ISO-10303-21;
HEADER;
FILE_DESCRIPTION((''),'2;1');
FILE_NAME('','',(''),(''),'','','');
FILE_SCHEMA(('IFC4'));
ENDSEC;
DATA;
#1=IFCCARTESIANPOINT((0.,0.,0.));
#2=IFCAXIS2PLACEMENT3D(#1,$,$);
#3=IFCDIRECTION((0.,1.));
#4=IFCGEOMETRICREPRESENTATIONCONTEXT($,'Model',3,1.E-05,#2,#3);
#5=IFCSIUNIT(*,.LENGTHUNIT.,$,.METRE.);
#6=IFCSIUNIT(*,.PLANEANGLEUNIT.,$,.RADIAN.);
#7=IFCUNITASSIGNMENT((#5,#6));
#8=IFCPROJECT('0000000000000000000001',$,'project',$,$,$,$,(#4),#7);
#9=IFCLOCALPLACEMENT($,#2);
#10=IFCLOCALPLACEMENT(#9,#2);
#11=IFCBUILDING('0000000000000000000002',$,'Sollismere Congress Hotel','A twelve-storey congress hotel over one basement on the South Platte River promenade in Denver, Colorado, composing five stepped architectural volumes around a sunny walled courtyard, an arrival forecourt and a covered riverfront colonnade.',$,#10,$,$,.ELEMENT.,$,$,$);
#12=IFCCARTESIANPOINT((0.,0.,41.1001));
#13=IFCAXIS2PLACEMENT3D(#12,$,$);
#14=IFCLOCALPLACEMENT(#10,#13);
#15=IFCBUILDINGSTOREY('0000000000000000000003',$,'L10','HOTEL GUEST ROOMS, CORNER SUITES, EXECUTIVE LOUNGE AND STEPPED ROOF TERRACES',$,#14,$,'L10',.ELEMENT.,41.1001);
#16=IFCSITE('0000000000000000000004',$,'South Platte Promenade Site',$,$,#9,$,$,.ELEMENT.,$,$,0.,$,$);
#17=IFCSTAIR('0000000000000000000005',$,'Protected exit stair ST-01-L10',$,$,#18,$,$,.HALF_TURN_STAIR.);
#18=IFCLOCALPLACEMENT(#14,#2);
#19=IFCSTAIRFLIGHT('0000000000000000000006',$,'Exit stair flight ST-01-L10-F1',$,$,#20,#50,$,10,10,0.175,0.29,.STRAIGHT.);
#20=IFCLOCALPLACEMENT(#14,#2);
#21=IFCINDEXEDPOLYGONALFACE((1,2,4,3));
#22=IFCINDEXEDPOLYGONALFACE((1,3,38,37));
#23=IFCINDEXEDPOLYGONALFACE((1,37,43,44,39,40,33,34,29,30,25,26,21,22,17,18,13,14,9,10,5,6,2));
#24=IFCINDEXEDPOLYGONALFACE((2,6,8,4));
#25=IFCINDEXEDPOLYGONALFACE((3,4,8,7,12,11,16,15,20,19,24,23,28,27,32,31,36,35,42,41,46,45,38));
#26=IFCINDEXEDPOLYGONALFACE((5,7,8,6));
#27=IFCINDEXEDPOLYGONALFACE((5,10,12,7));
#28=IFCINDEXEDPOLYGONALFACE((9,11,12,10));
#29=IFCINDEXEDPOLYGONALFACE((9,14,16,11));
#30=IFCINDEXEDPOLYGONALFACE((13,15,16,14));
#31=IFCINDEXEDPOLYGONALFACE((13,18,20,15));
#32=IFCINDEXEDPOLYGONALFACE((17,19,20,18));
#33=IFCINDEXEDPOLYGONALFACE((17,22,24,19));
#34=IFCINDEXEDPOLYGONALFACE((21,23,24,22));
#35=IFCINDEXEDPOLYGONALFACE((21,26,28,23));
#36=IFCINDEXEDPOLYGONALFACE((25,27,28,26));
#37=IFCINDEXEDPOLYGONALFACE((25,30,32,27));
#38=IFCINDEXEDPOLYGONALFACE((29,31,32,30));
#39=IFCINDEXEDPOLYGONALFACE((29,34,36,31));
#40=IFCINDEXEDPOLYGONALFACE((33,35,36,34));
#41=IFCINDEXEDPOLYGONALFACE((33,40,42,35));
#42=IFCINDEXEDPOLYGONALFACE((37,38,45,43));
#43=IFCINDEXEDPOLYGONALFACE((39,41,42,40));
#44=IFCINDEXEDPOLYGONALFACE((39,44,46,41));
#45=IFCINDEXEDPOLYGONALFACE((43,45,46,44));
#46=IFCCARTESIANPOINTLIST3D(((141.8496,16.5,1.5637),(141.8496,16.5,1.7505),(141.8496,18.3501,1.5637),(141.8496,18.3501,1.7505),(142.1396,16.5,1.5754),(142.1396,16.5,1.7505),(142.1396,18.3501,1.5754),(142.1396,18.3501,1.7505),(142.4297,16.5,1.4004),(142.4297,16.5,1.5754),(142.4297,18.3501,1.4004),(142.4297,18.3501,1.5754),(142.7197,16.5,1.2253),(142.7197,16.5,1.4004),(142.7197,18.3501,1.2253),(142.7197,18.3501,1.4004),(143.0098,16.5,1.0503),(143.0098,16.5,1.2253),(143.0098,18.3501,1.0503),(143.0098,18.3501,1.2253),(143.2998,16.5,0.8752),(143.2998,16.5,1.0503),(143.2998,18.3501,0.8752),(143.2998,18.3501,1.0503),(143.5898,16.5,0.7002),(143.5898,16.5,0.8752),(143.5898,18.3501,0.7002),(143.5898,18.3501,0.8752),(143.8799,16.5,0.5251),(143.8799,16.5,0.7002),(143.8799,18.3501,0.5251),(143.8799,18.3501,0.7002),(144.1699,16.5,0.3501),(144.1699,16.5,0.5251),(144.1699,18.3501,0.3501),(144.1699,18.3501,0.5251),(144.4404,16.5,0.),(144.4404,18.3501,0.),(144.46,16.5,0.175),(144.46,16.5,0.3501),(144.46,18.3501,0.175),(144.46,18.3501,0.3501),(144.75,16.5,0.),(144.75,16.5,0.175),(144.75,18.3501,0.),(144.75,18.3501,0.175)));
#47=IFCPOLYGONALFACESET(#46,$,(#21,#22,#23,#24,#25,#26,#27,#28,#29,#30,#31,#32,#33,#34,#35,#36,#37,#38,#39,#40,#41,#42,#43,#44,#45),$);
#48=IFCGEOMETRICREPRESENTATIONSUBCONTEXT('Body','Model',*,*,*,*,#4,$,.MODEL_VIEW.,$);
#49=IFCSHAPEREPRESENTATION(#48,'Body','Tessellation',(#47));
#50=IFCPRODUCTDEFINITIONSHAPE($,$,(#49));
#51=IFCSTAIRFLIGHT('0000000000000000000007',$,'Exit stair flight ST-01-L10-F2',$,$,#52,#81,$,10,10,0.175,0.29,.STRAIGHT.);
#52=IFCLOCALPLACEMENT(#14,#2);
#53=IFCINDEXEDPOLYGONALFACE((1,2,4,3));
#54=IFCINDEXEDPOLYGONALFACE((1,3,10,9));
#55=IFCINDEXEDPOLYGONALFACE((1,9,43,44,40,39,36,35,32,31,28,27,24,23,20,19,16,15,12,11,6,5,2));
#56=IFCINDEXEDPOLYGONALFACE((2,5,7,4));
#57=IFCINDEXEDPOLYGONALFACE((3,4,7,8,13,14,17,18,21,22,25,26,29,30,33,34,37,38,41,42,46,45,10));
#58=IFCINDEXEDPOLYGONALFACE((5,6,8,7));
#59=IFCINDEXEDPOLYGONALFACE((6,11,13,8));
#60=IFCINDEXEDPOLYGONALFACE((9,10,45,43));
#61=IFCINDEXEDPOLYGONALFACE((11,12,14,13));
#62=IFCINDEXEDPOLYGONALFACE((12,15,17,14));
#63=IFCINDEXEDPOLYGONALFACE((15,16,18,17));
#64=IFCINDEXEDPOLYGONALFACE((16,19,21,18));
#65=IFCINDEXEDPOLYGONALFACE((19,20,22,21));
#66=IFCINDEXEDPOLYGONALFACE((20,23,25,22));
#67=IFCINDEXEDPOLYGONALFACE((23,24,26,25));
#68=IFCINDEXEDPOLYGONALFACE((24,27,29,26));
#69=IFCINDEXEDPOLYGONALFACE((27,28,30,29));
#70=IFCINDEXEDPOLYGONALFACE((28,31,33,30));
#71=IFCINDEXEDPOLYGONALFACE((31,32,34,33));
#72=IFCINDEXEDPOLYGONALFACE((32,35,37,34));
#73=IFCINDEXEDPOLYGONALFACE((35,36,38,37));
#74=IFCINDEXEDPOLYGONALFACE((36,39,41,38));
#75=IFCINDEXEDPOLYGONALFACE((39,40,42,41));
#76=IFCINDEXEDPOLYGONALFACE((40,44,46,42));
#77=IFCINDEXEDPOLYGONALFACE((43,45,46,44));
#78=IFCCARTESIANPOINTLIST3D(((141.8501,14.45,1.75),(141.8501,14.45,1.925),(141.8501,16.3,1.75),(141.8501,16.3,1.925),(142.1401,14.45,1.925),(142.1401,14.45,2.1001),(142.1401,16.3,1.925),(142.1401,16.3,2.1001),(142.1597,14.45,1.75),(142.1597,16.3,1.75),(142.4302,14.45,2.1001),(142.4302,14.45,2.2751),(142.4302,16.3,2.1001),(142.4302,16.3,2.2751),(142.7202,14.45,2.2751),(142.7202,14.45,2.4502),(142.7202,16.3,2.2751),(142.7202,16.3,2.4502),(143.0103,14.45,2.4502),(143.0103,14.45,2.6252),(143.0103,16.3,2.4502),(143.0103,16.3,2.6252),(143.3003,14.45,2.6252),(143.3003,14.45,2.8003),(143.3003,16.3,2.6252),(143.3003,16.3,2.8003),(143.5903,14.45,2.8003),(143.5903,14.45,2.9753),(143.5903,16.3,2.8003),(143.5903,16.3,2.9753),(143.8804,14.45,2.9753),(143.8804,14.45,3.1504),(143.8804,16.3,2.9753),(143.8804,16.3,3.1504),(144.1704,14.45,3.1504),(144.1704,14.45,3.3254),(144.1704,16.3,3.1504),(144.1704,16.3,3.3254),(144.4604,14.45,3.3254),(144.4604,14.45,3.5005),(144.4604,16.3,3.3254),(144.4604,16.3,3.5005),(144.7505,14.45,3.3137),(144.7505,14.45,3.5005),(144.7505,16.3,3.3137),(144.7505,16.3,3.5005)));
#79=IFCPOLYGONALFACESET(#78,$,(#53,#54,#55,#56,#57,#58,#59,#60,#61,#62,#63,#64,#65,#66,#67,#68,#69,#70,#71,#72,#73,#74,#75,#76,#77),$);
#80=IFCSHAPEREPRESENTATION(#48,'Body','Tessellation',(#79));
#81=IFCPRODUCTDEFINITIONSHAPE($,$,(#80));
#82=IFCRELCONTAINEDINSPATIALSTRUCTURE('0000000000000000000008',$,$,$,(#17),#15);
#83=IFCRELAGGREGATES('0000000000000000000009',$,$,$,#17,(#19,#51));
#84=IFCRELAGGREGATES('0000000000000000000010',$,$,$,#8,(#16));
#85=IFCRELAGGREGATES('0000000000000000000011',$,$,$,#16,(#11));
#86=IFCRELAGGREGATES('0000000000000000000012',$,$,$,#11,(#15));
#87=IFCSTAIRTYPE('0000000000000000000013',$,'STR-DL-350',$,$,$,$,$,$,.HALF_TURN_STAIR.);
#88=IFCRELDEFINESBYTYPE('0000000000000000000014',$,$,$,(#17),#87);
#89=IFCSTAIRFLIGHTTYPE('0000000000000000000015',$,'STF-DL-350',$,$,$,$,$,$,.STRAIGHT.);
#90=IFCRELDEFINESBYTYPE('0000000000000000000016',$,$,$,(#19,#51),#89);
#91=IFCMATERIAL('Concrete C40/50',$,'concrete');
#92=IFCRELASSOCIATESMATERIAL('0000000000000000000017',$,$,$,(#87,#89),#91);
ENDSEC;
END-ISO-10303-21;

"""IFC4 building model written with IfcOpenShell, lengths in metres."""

from ifc_helpers import new_model, si_unit, direction, frame, origin, place, context, subcontext, project, spatial, polyline, outline, extrude, material, type_object, element, aggregate, save


model = new_model("IFC4")

# Units and contexts
model_context = context("Model", 3, precision=1e-05, world=origin(), true_north=direction((0.0, 1.0)))
body_context = subcontext(model_context, "Body", "Model", "MODEL_VIEW")
ifc_project = project(units=[si_unit("LENGTHUNIT", "METRE"), si_unit("PLANEANGLEUNIT", "RADIAN")], contexts=[model_context])

# Site, building, storey
site_placement = place(None, origin())
site = spatial("IfcSite", under=ifc_project, at=site_placement, Name="South Platte Promenade Site", CompositionType="ELEMENT", RefElevation=0.0)
building_placement = place(site_placement, origin())
building = spatial("IfcBuilding", under=site, at=building_placement, Name="Sollismere Congress Hotel", Description="A twelve-storey congress hotel over one basement on the South Platte River promenade in Denver, Colorado, composing five stepped architectural volumes around a sunny walled courtyard, an arrival forecourt and a covered riverfront colonnade.", CompositionType="ELEMENT")
storey_placement = place(building_placement, frame((0.0, 0.0, 41.1001)))
storey = spatial("IfcBuildingStorey", under=building, at=storey_placement, Name="L10", Description="HOTEL GUEST ROOMS, CORNER SUITES, EXECUTIVE LOUNGE AND STEPPED ROOF TERRACES", LongName="L10", CompositionType="ELEMENT", Elevation=41.1001)

# Stair, stair flights
ifc_material_1 = material(Name="Concrete C40/50", Category="concrete")
stair_type = type_object("IfcStairType", Name="STR-DL-350", PredefinedType="HALF_TURN_STAIR", material=ifc_material_1)
stair_placement = place(storey_placement, origin())
stair = element("IfcStair", 1, at=stair_placement, inside=storey, type_object=stair_type, Name="Protected exit stair ST-01-L10", PredefinedType="HALF_TURN_STAIR")
stair_flight_type = type_object("IfcStairFlightType", Name="STF-DL-350", PredefinedType="STRAIGHT", material=ifc_material_1)
stair_flight_1_placement = place(storey_placement, frame((144.75, 17.425, 0.0), z_axis=(0.0, 0.0, 1.0), x_axis=(-1.0, 0.0, 0.0)))
stair_flight_1 = element("IfcStairFlight", 2, at=stair_flight_1_placement, type_object=stair_flight_type, Name="Exit stair flight ST-01-L10-F1", NumberOfRisers=10, NumberOfTreads=10, PredefinedType="STRAIGHT", RiserHeight=0.175, TreadLength=0.29, context=body_context, shape_type="SweptSolid", body=[
    extrude(outline(polyline([(0.0, 0.0), (0.0, 0.175), (0.29, 0.175), (0.29, 0.3501), (0.5801, 0.3501), (0.5801, 0.5251), (0.8701, 0.5251), (0.8701, 0.7002), (1.1602, 0.7002), (1.1602, 0.8752), (1.4502, 0.8752), (1.4502, 1.0503), (1.7402, 1.0503), (1.7402, 1.2253), (2.0303, 1.2253), (2.0303, 1.4004), (2.3203, 1.4004), (2.3203, 1.5754), (2.6104, 1.5754), (2.6104, 1.7505), (2.9004, 1.7505), (2.9004, 1.5637), (0.3096, 0.0), (0.0, 0.0)])), frame((0.0, 0.925, 0.0), z_axis=(0.0, -1.0, 0.0), x_axis=(1.0, 0.0, 0.0)), (0.0, 0.0, 1.0), 1.8501),
])
stair_flight_2_placement = place(storey_placement, frame((141.8501, 15.375, 1.75), z_axis=(0.0, 0.0, 1.0), x_axis=(1.0, 0.0, 0.0)))
stair_flight_2 = element("IfcStairFlight", 3, at=stair_flight_2_placement, type_object=stair_flight_type, Name="Exit stair flight ST-01-L10-F2", NumberOfRisers=10, NumberOfTreads=10, PredefinedType="STRAIGHT", RiserHeight=0.175, TreadLength=0.29, context=body_context, shape_type="SweptSolid", body=[
    extrude(outline(polyline([(0.0, 0.0), (0.0, 0.175), (0.29, 0.175), (0.29, 0.3501), (0.5801, 0.3501), (0.5801, 0.5251), (0.8701, 0.5251), (0.8701, 0.7002), (1.1602, 0.7002), (1.1602, 0.8752), (1.4502, 0.8752), (1.4502, 1.0503), (1.7402, 1.0503), (1.7402, 1.2253), (2.0303, 1.2253), (2.0303, 1.4004), (2.3203, 1.4004), (2.3203, 1.5754), (2.6104, 1.5754), (2.6104, 1.7505), (2.9004, 1.7505), (2.9004, 1.5637), (0.3096, 0.0), (0.0, 0.0)])), frame((0.0, 0.925, 0.0), z_axis=(0.0, -1.0, 0.0), x_axis=(1.0, 0.0, 0.0)), (0.0, 0.0, 1.0), 1.8501),
])
aggregate(stair, [stair_flight_1, stair_flight_2])

save(model, "model.ifc")
